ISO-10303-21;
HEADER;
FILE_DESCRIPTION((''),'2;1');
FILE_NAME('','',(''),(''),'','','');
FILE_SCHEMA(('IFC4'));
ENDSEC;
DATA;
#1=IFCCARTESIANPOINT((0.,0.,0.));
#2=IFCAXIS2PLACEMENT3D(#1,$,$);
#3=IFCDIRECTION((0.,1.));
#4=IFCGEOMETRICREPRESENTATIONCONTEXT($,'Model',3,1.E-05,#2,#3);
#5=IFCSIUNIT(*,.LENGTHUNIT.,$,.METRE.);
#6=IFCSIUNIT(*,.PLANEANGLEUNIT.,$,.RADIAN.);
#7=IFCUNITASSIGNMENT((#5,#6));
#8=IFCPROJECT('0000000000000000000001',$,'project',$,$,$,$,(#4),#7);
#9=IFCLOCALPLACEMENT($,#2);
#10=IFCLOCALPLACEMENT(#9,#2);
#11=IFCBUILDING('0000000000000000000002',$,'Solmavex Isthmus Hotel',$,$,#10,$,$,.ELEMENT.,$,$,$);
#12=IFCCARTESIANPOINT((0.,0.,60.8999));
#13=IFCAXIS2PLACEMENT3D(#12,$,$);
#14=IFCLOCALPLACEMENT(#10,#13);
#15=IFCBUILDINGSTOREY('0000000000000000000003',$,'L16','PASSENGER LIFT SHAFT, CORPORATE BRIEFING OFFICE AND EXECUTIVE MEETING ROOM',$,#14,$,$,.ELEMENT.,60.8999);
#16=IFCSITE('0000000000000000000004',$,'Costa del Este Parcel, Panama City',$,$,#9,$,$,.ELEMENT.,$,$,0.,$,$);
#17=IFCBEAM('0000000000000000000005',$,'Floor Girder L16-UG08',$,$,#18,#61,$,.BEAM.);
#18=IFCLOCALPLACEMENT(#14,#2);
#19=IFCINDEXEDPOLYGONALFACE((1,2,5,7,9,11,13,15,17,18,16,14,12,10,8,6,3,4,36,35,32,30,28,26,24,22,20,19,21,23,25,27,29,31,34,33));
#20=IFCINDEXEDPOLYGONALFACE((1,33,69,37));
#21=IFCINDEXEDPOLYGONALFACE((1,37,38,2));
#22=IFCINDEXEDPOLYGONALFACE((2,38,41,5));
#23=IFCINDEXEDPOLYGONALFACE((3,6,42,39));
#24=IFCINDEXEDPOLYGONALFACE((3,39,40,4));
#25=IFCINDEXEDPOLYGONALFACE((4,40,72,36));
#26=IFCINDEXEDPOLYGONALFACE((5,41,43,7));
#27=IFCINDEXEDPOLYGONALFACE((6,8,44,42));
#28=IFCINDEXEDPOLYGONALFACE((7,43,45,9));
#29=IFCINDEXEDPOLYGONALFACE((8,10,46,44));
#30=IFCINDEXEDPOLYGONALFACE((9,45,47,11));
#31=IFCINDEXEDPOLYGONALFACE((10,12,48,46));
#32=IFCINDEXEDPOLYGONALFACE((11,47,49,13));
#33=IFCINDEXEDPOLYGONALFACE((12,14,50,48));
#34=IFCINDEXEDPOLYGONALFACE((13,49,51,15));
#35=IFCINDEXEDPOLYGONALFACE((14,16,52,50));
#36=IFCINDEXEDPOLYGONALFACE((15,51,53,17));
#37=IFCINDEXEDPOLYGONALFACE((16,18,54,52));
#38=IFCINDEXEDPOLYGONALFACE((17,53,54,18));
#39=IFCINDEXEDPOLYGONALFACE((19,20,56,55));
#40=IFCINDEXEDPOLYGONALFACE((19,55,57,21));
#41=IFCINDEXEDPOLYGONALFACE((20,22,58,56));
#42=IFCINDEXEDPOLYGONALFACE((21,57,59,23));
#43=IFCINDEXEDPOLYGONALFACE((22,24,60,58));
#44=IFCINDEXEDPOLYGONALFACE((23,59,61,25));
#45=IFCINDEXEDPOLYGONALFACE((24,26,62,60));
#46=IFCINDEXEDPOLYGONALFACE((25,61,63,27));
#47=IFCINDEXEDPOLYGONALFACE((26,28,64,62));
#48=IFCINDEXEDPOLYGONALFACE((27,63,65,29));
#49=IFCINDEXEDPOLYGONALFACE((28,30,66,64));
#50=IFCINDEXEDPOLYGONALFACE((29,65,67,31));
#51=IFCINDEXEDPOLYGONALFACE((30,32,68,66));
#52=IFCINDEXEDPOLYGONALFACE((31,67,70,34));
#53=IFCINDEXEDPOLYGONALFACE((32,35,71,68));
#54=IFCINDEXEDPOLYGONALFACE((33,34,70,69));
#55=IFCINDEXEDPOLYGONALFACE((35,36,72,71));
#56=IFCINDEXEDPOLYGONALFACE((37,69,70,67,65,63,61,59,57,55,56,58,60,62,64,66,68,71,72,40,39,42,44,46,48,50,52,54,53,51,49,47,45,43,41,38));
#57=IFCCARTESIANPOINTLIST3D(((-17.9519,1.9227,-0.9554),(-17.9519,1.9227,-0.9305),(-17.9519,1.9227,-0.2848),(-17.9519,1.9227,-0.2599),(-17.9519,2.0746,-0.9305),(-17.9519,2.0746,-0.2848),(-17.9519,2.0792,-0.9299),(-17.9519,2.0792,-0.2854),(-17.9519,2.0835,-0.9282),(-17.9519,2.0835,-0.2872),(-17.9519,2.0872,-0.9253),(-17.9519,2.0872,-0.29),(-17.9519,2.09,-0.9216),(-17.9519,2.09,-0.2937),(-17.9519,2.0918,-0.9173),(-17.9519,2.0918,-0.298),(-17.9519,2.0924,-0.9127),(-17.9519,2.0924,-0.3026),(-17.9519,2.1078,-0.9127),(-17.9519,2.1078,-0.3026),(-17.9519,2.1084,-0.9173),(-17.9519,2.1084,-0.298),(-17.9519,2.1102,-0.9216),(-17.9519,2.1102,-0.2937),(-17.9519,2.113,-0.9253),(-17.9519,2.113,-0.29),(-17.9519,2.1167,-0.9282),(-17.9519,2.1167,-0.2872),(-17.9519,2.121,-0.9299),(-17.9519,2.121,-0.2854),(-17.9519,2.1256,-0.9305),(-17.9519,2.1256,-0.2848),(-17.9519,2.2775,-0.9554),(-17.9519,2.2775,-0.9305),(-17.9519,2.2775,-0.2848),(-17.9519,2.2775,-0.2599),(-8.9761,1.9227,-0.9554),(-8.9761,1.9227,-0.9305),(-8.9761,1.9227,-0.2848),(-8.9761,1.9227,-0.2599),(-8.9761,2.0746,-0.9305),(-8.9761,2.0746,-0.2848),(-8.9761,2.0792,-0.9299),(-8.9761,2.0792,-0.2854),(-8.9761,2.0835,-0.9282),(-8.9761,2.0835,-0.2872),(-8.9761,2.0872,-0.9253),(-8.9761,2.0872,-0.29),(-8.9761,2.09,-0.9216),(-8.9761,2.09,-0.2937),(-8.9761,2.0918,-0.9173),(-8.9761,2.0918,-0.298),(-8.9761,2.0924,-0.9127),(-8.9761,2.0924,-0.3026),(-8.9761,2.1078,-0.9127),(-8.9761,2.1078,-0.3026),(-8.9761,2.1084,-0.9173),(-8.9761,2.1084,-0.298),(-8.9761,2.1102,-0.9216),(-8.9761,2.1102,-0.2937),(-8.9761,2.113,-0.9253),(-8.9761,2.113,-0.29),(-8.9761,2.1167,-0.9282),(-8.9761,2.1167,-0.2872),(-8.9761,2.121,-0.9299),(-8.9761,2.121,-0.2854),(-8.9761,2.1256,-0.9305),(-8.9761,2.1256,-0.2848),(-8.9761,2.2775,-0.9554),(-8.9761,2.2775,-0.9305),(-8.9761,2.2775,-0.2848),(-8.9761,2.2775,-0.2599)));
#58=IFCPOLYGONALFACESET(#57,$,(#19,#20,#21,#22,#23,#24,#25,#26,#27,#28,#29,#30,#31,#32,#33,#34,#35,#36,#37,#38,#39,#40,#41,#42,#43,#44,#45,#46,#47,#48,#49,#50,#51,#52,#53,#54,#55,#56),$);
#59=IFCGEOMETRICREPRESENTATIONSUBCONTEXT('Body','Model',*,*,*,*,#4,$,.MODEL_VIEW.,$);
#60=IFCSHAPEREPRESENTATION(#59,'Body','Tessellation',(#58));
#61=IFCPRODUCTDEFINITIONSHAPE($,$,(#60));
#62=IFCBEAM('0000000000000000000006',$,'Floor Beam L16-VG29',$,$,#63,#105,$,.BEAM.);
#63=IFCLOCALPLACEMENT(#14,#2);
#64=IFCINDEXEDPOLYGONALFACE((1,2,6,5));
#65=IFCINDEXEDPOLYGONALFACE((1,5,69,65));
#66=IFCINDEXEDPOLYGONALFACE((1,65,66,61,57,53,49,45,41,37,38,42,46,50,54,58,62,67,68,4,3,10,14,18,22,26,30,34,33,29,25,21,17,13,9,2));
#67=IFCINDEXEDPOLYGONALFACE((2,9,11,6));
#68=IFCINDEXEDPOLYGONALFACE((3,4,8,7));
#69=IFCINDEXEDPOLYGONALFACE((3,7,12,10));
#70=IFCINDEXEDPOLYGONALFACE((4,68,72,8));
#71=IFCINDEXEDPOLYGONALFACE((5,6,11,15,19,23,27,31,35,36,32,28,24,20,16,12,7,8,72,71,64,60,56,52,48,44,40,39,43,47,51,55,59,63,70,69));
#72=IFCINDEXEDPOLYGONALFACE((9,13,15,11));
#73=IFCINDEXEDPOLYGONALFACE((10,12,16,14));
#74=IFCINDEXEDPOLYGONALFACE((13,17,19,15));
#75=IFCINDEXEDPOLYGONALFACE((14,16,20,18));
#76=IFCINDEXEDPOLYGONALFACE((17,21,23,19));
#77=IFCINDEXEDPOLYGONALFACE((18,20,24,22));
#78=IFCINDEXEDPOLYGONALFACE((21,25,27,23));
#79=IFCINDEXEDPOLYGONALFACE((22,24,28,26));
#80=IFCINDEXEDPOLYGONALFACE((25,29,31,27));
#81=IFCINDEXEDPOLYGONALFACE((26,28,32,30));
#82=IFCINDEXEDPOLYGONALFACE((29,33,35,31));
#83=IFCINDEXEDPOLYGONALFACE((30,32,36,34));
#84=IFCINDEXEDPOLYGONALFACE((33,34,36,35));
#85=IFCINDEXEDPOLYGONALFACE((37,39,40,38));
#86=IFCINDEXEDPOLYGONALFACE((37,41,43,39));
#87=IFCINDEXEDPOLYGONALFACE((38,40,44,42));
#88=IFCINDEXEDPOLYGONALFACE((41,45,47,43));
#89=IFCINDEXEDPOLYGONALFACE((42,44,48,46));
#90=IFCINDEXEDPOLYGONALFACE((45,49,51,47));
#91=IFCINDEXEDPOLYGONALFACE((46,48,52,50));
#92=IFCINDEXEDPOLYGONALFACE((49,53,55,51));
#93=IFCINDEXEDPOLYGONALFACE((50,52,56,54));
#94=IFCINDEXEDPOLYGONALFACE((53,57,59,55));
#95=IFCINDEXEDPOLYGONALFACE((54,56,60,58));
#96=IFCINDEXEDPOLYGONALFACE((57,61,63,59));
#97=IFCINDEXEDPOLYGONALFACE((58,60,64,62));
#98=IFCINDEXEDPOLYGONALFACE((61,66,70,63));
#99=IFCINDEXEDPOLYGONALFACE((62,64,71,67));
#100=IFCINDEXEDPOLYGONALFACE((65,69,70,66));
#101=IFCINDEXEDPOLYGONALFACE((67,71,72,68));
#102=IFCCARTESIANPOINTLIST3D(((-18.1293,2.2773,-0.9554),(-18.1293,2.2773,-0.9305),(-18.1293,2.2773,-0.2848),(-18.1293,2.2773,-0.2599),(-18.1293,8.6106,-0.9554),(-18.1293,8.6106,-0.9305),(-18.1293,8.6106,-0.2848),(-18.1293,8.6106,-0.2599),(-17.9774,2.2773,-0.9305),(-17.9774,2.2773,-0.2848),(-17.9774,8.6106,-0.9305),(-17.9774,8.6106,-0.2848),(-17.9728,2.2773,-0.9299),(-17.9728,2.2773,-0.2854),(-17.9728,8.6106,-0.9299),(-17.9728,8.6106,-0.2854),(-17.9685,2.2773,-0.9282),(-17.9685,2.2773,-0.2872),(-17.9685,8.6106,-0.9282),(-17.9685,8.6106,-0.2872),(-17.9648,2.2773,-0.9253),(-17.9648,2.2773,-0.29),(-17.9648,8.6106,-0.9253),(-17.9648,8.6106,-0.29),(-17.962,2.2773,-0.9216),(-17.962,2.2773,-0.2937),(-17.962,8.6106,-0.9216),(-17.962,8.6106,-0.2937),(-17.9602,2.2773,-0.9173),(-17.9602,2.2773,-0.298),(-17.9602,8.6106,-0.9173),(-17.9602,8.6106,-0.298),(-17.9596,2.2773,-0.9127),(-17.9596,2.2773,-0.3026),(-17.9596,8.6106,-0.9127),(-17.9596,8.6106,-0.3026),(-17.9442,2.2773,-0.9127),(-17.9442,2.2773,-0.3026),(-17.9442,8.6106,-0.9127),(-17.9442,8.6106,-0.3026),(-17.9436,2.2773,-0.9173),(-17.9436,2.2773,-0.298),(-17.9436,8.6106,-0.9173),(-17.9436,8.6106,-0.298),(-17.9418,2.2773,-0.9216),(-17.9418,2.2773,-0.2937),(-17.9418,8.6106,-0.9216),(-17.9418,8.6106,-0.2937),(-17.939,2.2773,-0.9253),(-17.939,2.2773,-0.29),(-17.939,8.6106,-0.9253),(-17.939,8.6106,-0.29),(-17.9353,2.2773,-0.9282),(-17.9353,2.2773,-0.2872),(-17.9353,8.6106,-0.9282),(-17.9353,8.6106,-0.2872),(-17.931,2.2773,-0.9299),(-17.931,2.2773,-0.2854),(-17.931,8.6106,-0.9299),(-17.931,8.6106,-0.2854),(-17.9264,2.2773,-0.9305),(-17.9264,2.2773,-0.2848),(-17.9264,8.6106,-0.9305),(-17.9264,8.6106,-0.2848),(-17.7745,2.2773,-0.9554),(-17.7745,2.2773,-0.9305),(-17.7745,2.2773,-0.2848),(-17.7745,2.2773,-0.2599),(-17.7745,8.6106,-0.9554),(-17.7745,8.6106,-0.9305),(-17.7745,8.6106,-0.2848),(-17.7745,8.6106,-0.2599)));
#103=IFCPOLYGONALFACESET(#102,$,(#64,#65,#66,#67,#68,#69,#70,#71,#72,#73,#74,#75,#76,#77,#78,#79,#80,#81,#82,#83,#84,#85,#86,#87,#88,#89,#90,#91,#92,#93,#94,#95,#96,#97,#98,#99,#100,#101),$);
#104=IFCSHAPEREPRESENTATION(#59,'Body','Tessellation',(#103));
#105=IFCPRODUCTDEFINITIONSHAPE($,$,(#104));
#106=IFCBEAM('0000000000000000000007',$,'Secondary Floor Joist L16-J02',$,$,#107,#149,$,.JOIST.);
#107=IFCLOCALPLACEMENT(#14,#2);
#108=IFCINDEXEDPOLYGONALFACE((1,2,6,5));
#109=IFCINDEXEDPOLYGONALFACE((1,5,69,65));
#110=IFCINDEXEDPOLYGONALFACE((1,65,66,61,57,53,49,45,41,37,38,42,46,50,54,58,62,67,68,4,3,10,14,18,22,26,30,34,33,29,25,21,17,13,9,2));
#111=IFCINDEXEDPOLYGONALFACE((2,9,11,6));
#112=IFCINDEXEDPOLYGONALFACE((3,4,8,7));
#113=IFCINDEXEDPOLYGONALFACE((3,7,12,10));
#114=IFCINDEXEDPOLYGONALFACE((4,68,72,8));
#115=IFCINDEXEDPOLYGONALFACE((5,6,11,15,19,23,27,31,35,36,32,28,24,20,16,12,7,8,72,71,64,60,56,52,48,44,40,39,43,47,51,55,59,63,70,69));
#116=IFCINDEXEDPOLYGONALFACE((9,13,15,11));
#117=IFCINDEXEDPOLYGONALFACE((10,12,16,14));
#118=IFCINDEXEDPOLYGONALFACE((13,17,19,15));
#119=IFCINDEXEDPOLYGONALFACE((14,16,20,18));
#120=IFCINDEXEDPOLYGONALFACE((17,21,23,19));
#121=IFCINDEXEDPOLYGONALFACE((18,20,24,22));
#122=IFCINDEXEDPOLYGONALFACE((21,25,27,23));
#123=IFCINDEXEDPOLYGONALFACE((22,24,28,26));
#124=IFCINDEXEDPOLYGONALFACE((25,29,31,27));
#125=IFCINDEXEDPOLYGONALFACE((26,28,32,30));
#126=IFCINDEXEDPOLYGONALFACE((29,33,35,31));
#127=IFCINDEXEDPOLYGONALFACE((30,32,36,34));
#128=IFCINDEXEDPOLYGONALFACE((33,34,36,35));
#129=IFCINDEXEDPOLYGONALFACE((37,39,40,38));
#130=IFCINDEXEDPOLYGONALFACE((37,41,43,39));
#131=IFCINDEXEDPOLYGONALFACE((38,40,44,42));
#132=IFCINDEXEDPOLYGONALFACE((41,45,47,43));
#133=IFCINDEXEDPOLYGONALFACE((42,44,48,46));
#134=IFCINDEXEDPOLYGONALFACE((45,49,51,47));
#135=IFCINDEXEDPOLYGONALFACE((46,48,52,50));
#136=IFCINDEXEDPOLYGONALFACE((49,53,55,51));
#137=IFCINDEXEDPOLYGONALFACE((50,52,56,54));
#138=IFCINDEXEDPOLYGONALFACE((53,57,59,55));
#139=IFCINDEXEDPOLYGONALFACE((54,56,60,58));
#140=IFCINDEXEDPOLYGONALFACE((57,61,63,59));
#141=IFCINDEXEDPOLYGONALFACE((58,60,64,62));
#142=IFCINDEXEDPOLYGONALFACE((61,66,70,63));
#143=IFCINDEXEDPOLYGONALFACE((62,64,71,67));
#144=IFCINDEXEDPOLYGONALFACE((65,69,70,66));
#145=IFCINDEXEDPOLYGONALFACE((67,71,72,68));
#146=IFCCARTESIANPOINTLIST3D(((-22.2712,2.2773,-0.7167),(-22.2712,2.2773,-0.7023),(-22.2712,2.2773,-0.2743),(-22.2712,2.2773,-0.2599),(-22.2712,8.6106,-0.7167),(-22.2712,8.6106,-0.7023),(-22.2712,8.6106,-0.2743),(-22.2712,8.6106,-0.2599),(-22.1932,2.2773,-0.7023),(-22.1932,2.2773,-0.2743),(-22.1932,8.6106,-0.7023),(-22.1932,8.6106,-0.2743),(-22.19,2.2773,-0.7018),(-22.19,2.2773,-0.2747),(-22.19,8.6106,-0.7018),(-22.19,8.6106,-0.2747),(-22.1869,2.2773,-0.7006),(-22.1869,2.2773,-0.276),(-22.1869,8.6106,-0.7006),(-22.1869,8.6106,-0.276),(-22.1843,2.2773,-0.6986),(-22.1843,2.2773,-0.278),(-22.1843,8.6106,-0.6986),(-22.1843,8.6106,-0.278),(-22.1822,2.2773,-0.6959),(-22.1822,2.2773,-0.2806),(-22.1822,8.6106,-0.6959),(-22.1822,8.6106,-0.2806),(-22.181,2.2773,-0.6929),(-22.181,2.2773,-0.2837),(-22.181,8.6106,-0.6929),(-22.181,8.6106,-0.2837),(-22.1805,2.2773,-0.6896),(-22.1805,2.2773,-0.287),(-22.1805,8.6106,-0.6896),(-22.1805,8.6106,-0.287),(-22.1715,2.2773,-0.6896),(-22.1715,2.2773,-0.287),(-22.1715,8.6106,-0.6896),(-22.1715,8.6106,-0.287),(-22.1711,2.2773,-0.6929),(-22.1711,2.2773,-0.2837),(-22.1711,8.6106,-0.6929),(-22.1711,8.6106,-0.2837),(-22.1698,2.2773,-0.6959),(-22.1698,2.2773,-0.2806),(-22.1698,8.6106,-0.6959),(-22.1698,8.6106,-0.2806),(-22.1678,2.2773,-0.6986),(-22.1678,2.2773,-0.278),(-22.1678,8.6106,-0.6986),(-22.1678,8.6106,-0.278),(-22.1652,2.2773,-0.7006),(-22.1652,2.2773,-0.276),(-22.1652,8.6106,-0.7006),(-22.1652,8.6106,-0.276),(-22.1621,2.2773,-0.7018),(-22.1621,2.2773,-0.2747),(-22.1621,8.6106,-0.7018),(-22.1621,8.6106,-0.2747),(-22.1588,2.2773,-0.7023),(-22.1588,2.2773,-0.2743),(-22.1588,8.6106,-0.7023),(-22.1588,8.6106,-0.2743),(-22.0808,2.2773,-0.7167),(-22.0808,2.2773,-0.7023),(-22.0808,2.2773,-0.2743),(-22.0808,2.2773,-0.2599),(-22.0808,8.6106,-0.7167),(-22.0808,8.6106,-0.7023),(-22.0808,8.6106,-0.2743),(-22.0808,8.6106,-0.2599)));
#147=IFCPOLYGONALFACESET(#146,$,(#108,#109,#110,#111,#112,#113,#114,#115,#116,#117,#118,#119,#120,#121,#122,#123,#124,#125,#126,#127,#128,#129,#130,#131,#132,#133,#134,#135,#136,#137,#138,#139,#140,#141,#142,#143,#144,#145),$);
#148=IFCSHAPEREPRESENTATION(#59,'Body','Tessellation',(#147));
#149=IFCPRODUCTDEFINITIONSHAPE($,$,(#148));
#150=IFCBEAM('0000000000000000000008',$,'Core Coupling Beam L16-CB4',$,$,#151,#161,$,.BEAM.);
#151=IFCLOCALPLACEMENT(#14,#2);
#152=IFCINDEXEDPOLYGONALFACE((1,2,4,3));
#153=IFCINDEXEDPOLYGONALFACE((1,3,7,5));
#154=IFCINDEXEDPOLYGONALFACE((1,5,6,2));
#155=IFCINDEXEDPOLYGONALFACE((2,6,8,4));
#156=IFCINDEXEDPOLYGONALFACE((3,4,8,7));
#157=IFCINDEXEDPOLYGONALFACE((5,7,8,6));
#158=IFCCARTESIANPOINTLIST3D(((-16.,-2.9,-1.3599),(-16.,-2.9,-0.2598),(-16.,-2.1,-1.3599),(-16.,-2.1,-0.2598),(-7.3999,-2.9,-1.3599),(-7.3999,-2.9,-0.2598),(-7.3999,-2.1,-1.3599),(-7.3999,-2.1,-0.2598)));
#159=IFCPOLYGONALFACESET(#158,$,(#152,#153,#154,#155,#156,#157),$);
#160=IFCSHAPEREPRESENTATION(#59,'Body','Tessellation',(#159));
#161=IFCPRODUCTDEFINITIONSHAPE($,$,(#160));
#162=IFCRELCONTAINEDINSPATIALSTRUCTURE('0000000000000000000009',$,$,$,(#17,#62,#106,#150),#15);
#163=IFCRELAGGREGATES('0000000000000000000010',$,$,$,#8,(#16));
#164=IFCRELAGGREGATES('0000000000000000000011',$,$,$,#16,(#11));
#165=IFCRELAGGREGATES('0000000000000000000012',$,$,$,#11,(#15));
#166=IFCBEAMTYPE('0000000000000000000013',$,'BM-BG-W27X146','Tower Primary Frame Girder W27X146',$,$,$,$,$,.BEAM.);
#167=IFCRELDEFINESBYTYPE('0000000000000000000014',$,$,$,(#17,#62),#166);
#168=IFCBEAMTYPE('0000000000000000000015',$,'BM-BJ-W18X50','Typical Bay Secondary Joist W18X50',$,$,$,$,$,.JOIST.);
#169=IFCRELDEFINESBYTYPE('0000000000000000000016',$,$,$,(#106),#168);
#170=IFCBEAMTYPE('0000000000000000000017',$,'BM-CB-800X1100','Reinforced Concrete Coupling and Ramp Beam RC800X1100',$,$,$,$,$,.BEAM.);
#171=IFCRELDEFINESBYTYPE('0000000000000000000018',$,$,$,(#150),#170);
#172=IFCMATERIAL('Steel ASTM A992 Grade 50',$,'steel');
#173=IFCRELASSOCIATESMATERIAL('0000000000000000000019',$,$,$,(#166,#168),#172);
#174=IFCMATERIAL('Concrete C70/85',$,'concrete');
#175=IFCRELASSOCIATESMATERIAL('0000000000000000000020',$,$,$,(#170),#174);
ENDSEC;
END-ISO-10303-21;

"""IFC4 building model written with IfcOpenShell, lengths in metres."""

from ifc_helpers import new_model, si_unit, direction, frame, origin, origin_2d, place, context, subcontext, project, spatial, rectangle, i_section, extrude, material, material_profile, profile_set, type_object, element, save


model = new_model("IFC4")

# Units and contexts
model_context = context("Model", 3, precision=1e-05, world=origin(), true_north=direction((0.0, 1.0)))
body_context = subcontext(model_context, "Body", "Model", "MODEL_VIEW")
ifc_project = project(units=[si_unit("LENGTHUNIT", "METRE"), si_unit("PLANEANGLEUNIT", "RADIAN")], contexts=[model_context])

# Site, building, storey
site_placement = place(None, origin())
site = spatial("IfcSite", under=ifc_project, at=site_placement, Name="Costa del Este Parcel, Panama City", CompositionType="ELEMENT", RefElevation=0.0)
building_placement = place(site_placement, origin())
building = spatial("IfcBuilding", under=site, at=building_placement, Name="Solmavex Isthmus Hotel", CompositionType="ELEMENT")
storey_placement = place(building_placement, frame((0.0, 0.0, 60.8999)))
storey = spatial("IfcBuildingStorey", under=building, at=storey_placement, Name="L16", Description="PASSENGER LIFT SHAFT, CORPORATE BRIEFING OFFICE AND EXECUTIVE MEETING ROOM", CompositionType="ELEMENT", Elevation=60.8999)

# Shared definitions
ifc_material_1 = material(Name="Concrete C70/85", Category="concrete")

# Beams
ifc_material_2 = material(Name="Steel ASTM A992 Grade 50", Category="steel")
ifc_material_profile_1 = material_profile(ifc_material_2, i_section(OverallWidth=0.3547, OverallDepth=0.6956, WebThickness=0.0154, FlangeThickness=0.0249, FilletRadius=0.0178, at=origin_2d()), Name="W27X146")
ifc_profile_set_1 = profile_set([ifc_material_profile_1], Name="Steel ASTM A992 Grade 50")
beam_type_1 = type_object("IfcBeamType", Name="BM-BG-W27X146", Description="Tower Primary Frame Girder W27X146", PredefinedType="BEAM", material=ifc_profile_set_1)
beam_1_placement = place(storey_placement, frame((-17.9519, 2.1001, -0.6077), z_axis=(1.0, 0.0, 0.0), x_axis=(0.0, 1.0, 0.0)))
element("IfcBeam", 1, at=beam_1_placement, inside=storey, type_object=beam_type_1, Name="Floor Girder L16-UG08", PredefinedType="BEAM", context=body_context, shape_type="SweptSolid", body=[
    extrude(i_section(OverallWidth=0.3547, OverallDepth=0.6956, WebThickness=0.0154, FlangeThickness=0.0249, FilletRadius=0.0178, at=origin_2d()), origin(), (0.0, 0.0, 1.0), 8.9758),
])
beam_2_placement = place(storey_placement, frame((-17.9519, 2.2773, -0.6077), z_axis=(0.0, 1.0, 0.0), x_axis=(-1.0, 0.0, 0.0)))
element("IfcBeam", 2, at=beam_2_placement, inside=storey, type_object=beam_type_1, Name="Floor Beam L16-VG29", PredefinedType="BEAM", context=body_context, shape_type="SweptSolid", body=[
    extrude(i_section(OverallWidth=0.3547, OverallDepth=0.6956, WebThickness=0.0154, FlangeThickness=0.0249, FilletRadius=0.0178, at=origin_2d()), origin(), (0.0, 0.0, 1.0), 6.3333),
])
ifc_material_profile_2 = material_profile(ifc_material_2, i_section(OverallWidth=0.1904, OverallDepth=0.4568, WebThickness=0.009, FlangeThickness=0.0144, FilletRadius=0.0127, at=origin_2d()), Name="W18X50")
ifc_profile_set_2 = profile_set([ifc_material_profile_2], Name="Steel ASTM A992 Grade 50")
beam_type_2 = type_object("IfcBeamType", Name="BM-BJ-W18X50", Description="Typical Bay Secondary Joist W18X50", PredefinedType="JOIST", material=ifc_profile_set_2)
beam_3_placement = place(storey_placement, frame((-22.176, 2.2773, -0.4883), z_axis=(0.0, 1.0, 0.0), x_axis=(-1.0, 0.0, 0.0)))
element("IfcBeam", 3, at=beam_3_placement, inside=storey, type_object=beam_type_2, Name="Secondary Floor Joist L16-J02", PredefinedType="JOIST", context=body_context, shape_type="SweptSolid", body=[
    extrude(i_section(OverallWidth=0.1904, OverallDepth=0.4568, WebThickness=0.009, FlangeThickness=0.0144, FilletRadius=0.0127, at=origin_2d()), origin(), (0.0, 0.0, 1.0), 6.3333),
])
ifc_material_profile_3 = material_profile(ifc_material_1, rectangle(XDim=0.8, YDim=1.1001, at=origin_2d()), Name="RC800X1100")
ifc_profile_set_3 = profile_set([ifc_material_profile_3], Name="Concrete C70/85")
beam_type_3 = type_object("IfcBeamType", Name="BM-CB-800X1100", Description="Reinforced Concrete Coupling and Ramp Beam RC800X1100", PredefinedType="BEAM", material=ifc_profile_set_3)
beam_4_placement = place(storey_placement, frame((-16.0, -2.5, -0.8098), z_axis=(1.0, 0.0, 0.0), x_axis=(0.0, 1.0, 0.0)))
element("IfcBeam", 4, at=beam_4_placement, inside=storey, type_object=beam_type_3, Name="Core Coupling Beam L16-CB4", PredefinedType="BEAM", context=body_context, shape_type="SweptSolid", body=[
    extrude(rectangle(XDim=0.8, YDim=1.1001, at=origin_2d()), origin(), (0.0, 0.0, 1.0), 8.6001),
])

save(model, "model.ifc")
